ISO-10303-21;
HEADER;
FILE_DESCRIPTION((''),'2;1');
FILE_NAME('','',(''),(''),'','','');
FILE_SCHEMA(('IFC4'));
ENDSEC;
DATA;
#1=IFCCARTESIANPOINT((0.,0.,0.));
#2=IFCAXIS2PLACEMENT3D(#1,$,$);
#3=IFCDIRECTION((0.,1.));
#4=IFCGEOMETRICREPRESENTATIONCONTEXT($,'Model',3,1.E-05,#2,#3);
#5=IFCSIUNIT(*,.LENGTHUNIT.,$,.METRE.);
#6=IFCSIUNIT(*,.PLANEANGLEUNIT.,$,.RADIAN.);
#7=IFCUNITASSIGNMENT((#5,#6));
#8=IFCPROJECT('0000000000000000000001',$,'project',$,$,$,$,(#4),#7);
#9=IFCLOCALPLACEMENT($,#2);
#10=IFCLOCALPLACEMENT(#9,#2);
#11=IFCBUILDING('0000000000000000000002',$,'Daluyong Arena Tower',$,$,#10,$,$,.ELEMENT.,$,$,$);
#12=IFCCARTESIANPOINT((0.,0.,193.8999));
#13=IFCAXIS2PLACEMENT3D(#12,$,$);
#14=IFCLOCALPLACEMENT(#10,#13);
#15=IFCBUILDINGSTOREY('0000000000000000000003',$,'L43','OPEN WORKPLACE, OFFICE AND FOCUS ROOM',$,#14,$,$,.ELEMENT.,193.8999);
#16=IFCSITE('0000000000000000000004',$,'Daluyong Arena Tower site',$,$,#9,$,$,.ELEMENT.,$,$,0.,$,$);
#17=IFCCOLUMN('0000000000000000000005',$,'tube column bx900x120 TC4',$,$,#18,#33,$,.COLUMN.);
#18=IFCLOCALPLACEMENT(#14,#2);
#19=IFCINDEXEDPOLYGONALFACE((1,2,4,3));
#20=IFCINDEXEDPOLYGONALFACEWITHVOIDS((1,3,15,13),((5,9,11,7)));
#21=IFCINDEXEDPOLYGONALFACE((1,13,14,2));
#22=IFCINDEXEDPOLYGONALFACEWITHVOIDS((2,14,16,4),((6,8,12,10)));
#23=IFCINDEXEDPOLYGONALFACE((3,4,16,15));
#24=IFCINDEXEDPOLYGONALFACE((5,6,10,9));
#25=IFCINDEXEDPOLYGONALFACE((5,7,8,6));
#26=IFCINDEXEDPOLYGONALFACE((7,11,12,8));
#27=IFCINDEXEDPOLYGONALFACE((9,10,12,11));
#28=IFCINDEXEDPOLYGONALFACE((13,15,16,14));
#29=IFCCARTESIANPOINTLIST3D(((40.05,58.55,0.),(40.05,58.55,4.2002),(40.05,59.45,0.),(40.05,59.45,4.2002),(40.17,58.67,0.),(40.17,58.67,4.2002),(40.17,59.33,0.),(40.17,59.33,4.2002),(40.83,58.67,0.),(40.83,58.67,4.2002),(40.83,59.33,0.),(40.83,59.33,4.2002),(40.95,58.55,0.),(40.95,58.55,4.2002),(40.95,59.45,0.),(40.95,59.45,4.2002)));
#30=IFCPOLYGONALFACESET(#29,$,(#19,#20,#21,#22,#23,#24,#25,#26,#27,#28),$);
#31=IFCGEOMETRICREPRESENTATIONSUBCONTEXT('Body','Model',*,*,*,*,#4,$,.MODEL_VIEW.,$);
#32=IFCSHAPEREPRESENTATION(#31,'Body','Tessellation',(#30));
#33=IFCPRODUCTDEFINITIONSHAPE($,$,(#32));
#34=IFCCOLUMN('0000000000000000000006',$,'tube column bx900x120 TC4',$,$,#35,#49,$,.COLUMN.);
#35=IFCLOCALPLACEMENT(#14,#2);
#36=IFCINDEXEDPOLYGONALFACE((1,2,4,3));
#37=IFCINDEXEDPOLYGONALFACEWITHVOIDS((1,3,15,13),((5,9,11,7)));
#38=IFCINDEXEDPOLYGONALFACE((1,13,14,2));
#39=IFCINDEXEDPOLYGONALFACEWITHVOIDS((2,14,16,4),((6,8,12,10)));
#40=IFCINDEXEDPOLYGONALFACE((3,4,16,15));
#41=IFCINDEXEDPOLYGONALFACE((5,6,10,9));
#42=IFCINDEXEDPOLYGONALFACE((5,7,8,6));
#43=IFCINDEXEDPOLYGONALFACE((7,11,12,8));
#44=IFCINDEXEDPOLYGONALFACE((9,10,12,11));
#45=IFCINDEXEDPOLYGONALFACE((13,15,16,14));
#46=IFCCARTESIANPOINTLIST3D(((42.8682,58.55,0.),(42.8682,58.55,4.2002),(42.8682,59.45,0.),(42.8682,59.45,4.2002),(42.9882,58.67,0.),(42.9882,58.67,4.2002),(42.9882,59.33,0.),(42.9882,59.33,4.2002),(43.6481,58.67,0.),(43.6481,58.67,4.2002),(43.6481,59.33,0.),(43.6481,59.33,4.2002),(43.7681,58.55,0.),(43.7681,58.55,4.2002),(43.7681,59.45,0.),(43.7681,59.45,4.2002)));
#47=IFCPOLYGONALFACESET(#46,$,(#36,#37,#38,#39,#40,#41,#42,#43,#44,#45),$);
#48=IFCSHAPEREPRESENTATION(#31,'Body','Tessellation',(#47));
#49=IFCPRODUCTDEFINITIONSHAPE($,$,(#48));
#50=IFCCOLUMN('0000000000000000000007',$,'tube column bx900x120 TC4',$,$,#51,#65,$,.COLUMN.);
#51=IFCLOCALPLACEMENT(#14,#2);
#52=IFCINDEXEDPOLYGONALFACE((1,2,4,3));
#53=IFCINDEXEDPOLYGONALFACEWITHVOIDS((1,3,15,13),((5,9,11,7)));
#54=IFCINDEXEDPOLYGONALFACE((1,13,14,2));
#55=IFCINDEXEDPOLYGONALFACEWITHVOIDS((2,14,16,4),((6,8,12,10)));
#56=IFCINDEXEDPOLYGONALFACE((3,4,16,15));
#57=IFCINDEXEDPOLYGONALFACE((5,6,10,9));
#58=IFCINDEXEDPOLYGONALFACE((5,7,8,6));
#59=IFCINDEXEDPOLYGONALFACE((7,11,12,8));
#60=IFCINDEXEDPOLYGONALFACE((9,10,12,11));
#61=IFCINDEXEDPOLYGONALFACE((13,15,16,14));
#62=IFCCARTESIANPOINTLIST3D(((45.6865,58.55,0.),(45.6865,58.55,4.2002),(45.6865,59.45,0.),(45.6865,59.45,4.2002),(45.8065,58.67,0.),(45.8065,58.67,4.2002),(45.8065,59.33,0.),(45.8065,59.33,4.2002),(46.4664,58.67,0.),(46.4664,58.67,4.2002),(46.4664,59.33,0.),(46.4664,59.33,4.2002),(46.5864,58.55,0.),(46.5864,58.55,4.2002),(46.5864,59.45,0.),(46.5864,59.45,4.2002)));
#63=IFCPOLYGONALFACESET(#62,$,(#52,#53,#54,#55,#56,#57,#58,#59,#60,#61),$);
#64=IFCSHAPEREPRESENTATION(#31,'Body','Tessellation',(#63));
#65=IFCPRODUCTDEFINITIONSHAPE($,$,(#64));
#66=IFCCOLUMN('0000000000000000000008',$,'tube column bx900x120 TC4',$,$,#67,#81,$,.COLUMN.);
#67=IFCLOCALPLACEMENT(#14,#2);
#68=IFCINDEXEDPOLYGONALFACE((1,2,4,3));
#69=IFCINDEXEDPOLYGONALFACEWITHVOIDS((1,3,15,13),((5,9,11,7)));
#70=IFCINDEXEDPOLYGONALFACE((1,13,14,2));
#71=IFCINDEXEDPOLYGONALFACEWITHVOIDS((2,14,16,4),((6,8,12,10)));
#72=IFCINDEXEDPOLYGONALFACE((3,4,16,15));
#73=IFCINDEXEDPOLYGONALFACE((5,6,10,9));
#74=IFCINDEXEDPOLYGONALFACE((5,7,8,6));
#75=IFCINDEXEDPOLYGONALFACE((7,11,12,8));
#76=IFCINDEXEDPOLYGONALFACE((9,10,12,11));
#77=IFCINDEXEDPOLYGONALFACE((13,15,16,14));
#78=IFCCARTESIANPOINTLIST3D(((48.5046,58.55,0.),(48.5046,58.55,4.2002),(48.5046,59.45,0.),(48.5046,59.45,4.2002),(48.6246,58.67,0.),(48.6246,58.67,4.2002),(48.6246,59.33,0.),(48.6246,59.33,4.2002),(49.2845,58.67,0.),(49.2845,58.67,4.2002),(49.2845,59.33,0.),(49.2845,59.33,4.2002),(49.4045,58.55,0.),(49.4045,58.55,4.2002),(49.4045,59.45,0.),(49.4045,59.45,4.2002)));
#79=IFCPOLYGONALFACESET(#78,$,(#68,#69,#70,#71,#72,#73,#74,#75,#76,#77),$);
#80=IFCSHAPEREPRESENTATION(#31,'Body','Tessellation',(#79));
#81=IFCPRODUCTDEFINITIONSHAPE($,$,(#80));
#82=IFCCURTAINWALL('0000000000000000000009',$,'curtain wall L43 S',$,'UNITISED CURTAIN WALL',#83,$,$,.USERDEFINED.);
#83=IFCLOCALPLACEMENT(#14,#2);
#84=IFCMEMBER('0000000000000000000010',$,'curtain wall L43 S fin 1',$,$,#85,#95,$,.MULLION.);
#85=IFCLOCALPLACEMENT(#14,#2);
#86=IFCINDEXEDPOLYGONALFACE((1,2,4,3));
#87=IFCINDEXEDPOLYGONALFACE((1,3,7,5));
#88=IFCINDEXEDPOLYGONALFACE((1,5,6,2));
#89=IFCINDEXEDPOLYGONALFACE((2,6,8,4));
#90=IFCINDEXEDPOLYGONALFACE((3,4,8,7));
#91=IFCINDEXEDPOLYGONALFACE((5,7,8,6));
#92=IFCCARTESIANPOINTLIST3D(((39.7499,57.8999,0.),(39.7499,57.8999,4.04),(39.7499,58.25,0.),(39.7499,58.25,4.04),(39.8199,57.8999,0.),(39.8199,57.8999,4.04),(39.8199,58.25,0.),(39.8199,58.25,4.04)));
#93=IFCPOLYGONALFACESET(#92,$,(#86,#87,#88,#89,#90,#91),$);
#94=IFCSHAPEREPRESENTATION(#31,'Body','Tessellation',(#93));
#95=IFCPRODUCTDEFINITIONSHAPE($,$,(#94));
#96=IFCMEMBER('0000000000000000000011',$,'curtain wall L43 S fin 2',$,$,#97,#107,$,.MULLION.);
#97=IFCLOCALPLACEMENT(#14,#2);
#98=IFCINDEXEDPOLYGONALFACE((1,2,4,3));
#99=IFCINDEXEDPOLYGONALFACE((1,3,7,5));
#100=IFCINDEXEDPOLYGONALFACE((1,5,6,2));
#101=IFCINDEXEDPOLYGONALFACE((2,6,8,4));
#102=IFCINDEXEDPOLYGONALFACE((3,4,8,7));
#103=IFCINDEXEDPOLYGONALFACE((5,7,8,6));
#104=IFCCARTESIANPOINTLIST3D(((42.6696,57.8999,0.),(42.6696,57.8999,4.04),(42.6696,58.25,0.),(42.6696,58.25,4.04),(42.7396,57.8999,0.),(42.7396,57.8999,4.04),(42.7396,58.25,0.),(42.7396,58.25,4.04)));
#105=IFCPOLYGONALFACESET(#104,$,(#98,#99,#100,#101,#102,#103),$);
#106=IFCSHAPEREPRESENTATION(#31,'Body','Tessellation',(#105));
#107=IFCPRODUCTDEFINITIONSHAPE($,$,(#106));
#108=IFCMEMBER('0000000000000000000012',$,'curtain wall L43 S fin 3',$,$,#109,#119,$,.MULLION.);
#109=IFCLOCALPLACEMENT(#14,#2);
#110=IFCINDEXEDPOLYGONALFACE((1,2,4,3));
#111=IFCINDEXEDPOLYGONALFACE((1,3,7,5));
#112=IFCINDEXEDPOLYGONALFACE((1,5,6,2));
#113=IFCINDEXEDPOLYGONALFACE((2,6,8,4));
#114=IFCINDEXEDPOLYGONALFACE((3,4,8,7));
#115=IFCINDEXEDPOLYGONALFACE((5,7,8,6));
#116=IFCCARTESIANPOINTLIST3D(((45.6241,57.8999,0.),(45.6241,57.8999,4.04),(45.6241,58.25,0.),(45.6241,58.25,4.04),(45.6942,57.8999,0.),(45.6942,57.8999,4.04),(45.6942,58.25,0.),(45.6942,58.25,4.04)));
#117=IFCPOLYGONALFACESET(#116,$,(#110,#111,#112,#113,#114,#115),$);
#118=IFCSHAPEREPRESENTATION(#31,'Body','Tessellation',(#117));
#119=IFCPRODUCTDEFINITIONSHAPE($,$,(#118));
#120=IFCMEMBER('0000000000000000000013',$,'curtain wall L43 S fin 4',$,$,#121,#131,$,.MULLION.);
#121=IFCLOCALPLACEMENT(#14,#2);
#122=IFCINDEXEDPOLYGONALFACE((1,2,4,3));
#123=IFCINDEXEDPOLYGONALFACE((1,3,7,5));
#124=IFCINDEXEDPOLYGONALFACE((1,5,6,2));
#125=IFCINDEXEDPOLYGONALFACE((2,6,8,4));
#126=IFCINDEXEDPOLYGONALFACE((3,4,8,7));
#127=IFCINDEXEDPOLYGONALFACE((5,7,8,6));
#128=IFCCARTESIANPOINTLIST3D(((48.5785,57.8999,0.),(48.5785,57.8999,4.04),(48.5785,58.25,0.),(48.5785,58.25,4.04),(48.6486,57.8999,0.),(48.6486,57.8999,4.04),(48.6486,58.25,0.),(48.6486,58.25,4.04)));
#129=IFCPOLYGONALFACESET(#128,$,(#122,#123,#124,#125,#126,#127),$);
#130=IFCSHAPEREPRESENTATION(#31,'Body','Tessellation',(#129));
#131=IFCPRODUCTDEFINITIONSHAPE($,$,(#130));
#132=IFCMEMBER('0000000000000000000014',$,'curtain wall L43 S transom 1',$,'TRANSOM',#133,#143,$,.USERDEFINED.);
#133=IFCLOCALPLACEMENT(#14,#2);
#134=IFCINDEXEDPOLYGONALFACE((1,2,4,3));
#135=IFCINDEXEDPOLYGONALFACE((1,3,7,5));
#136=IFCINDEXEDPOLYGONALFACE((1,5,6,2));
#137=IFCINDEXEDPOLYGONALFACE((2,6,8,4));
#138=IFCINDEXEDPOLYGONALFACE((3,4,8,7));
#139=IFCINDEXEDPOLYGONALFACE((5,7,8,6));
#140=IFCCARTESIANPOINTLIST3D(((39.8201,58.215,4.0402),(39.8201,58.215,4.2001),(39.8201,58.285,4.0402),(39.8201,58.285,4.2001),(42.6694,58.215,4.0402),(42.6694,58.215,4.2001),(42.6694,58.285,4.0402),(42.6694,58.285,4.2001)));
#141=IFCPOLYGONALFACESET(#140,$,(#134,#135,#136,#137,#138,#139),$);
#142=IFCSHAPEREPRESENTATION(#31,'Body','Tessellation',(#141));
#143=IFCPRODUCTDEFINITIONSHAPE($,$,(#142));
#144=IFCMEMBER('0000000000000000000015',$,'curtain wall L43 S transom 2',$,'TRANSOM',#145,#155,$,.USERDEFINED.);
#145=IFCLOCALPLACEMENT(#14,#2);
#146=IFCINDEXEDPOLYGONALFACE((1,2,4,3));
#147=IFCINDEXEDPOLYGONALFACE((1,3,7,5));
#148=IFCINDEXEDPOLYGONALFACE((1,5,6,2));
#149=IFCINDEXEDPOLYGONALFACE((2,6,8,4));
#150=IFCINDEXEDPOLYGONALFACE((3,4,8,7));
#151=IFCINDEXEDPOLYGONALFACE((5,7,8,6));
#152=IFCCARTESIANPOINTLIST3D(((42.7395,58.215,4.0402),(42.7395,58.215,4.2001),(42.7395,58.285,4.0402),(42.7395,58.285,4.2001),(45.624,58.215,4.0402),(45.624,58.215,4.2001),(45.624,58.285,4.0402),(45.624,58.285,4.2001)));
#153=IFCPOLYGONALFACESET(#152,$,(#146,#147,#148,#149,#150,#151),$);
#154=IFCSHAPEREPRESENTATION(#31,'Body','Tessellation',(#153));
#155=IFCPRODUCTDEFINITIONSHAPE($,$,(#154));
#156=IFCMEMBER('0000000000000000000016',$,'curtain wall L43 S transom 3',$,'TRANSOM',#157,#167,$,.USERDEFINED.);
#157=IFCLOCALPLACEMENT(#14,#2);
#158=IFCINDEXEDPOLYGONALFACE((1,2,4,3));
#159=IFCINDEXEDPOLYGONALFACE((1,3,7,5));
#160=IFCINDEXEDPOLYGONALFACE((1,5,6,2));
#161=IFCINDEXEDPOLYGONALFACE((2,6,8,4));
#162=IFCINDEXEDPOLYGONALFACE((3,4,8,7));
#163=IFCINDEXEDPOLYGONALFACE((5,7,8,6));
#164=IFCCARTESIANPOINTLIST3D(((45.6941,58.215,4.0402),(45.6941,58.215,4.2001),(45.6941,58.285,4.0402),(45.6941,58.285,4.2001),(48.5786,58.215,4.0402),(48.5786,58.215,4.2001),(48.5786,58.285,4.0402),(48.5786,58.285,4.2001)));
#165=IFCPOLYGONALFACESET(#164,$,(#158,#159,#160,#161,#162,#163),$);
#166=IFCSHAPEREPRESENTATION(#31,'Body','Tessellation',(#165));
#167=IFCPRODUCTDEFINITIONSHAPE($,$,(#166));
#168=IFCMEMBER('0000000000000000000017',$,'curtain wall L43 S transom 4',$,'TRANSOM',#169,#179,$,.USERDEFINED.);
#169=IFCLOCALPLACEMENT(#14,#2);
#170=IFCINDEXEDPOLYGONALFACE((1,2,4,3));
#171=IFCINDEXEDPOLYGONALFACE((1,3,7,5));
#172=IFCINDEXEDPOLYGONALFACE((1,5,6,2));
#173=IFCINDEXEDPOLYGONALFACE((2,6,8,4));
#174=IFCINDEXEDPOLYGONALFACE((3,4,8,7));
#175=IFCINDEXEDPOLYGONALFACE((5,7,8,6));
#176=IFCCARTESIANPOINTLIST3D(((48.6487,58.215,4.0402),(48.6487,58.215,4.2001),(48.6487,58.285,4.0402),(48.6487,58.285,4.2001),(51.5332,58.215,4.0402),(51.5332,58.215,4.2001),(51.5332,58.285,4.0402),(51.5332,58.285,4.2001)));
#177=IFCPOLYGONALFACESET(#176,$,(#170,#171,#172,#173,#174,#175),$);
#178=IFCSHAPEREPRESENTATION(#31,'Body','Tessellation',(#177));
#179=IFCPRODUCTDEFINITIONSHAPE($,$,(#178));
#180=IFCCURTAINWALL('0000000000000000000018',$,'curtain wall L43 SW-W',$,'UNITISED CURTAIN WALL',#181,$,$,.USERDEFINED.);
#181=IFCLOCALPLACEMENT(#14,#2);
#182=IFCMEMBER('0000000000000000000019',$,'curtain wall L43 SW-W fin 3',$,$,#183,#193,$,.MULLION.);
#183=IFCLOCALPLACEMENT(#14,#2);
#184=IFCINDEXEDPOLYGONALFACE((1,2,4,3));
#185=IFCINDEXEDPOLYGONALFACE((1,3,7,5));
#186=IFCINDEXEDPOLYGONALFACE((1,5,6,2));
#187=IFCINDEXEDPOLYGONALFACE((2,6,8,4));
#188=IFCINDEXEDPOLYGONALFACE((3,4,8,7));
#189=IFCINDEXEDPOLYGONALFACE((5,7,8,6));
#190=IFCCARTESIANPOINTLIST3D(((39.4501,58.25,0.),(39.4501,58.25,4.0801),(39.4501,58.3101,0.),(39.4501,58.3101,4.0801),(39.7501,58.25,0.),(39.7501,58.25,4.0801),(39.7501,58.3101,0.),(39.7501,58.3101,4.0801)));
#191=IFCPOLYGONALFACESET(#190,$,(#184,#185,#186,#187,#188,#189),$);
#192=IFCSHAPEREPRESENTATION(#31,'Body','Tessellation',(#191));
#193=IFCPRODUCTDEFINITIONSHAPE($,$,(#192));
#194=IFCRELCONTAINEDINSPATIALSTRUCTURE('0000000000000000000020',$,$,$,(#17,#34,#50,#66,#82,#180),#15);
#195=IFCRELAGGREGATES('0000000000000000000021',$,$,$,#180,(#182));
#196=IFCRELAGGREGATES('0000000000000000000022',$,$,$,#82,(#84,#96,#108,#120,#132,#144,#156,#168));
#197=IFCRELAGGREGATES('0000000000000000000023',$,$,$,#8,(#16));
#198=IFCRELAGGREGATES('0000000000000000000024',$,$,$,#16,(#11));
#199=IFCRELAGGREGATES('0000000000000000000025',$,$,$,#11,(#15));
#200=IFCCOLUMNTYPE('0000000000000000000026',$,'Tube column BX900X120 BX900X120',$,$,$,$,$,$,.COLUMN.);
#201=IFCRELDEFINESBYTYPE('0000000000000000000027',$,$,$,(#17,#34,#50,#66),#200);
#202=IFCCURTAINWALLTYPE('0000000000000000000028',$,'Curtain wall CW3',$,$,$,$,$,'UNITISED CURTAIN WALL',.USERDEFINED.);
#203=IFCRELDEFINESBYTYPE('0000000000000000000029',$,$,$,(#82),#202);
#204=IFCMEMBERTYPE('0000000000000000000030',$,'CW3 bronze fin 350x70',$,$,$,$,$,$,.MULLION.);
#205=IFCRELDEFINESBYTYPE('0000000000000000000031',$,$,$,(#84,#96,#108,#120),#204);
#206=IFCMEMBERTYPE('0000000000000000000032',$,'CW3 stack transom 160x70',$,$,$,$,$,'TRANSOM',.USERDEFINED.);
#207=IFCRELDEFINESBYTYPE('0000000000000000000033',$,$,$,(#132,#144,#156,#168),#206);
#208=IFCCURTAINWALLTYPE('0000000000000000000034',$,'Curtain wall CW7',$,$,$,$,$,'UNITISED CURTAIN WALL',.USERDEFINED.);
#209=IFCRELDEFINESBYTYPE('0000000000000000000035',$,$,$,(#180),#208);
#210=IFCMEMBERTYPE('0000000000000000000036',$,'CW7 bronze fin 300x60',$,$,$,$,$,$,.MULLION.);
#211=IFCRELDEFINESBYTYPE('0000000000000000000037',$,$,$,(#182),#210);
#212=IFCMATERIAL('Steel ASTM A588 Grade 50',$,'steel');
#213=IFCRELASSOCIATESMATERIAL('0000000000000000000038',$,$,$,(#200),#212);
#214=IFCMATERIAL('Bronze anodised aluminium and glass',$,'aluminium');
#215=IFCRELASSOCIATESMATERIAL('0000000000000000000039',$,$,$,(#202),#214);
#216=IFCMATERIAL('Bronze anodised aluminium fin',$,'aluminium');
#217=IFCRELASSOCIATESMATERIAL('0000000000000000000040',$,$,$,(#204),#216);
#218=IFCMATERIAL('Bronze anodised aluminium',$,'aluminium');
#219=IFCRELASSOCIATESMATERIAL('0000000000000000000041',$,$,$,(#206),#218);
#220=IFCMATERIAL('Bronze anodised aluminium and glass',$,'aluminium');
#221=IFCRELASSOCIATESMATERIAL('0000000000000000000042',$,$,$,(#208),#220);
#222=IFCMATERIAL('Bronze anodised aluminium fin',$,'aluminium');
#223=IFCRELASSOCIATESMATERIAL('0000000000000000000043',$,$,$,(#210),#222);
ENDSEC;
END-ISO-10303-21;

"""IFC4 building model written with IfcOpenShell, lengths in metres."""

from ifc_helpers import new_model, si_unit, direction, frame, origin, origin_2d, place, context, subcontext, project, spatial, rectangle, hollow_rectangle, extrude, material, material_profile, profile_set, type_object, element, aggregate, save


model = new_model("IFC4")

# Units and contexts
model_context = context("Model", 3, precision=1e-05, world=origin(), true_north=direction((0.0, 1.0)))
body_context = subcontext(model_context, "Body", "Model", "MODEL_VIEW")
ifc_project = project(units=[si_unit("LENGTHUNIT", "METRE"), si_unit("PLANEANGLEUNIT", "RADIAN")], contexts=[model_context])

# Site, building, storey
site_placement = place(None, origin())
site = spatial("IfcSite", under=ifc_project, at=site_placement, Name="Daluyong Arena Tower site", CompositionType="ELEMENT", RefElevation=0.0)
building_placement = place(site_placement, origin())
building = spatial("IfcBuilding", under=site, at=building_placement, Name="Daluyong Arena Tower", CompositionType="ELEMENT")
storey_placement = place(building_placement, frame((0.0, 0.0, 193.8999)))
storey = spatial("IfcBuildingStorey", under=building, at=storey_placement, Name="L43", Description="OPEN WORKPLACE, OFFICE AND FOCUS ROOM", CompositionType="ELEMENT", Elevation=193.8999)

# Columns
ifc_material_1 = material(Name="Steel ASTM A588 Grade 50", Category="steel")
ifc_material_profile_1 = material_profile(ifc_material_1, hollow_rectangle(XDim=0.8999, YDim=0.8999, WallThickness=0.12, at=origin_2d()))
ifc_profile_set_1 = profile_set([ifc_material_profile_1], Name="Steel ASTM A588 Grade 50")
column_type = type_object("IfcColumnType", Name="Tube column BX900X120 BX900X120", PredefinedType="COLUMN", material=ifc_profile_set_1)
for number, where, z_axis, x_axis, name in (
    (1, (40.5, 59.0, 0.0), (0.0, 0.0, 1.0), (1.0, 0.0, 0.0), "tube column bx900x120 TC4"),
    (2, (43.3181, 59.0, 0.0), (0.0, 0.0, 1.0), (1.0, 0.0, 0.0), "tube column bx900x120 TC4"),
    (3, (46.1365, 59.0, 0.0), (0.0, 0.0, 1.0), (1.0, 0.0, 0.0), "tube column bx900x120 TC4"),
    (4, (48.9546, 59.0, 0.0), (0.0, 0.0, 1.0), (1.0, 0.0, 0.0), "tube column bx900x120 TC4"),
):
    element("IfcColumn", number, at=place(storey_placement, frame(where, z_axis=z_axis, x_axis=x_axis)), inside=storey, type_object=column_type, Name=name, PredefinedType="COLUMN", context=body_context, shape_type="SweptSolid", body=[
        extrude(hollow_rectangle(XDim=0.8999, YDim=0.8999, WallThickness=0.12, at=origin_2d()), origin(), (0.0, 0.0, 1.0), 4.2002),
    ])

# Curtain wall, members
ifc_material_2 = material(Name="Bronze anodised aluminium and glass", Category="aluminium")
curtain_wall_type_1 = type_object("IfcCurtainWallType", Name="Curtain wall CW3", ElementType="UNITISED CURTAIN WALL", PredefinedType="USERDEFINED", material=ifc_material_2)
curtain_wall_1_placement = place(storey_placement, origin())
curtain_wall_1 = element("IfcCurtainWall", 5, at=curtain_wall_1_placement, inside=storey, type_object=curtain_wall_type_1, Name="curtain wall L43 S", ObjectType="UNITISED CURTAIN WALL", PredefinedType="USERDEFINED")
ifc_material_3 = material(Name="Bronze anodised aluminium fin", Category="aluminium")
ifc_material_profile_2 = material_profile(ifc_material_3, rectangle(XDim=0.3501, YDim=0.0701, at=origin_2d()))
ifc_profile_set_2 = profile_set([ifc_material_profile_2], Name="Bronze anodised aluminium fin")
member_type_1 = type_object("IfcMemberType", Name="CW3 bronze fin 350x70", PredefinedType="MULLION", material=ifc_profile_set_2)
member_1_placement = place(storey_placement, frame((39.7849, 58.075, 0.0), z_axis=(0.0, 0.0, 1.0), x_axis=(0.0, 1.0, 0.0)))
member_1 = element("IfcMember", 6, at=member_1_placement, type_object=member_type_1, Name="curtain wall L43 S fin 1", PredefinedType="MULLION", context=body_context, shape_type="SweptSolid", body=[
    extrude(rectangle(XDim=0.3501, YDim=0.0701, at=origin_2d()), origin(), (0.0, 0.0, 1.0), 4.04),
])
member_2_placement = place(storey_placement, frame((42.7046, 58.075, 0.0), z_axis=(0.0, 0.0, 1.0), x_axis=(0.0, 1.0, 0.0)))
member_2 = element("IfcMember", 7, at=member_2_placement, type_object=member_type_1, Name="curtain wall L43 S fin 2", PredefinedType="MULLION", context=body_context, shape_type="SweptSolid", body=[
    extrude(rectangle(XDim=0.3501, YDim=0.0701, at=origin_2d()), origin(), (0.0, 0.0, 1.0), 4.04),
])
member_3_placement = place(storey_placement, frame((45.6592, 58.075, 0.0), z_axis=(0.0, 0.0, 1.0), x_axis=(0.0, 1.0, 0.0)))
member_3 = element("IfcMember", 8, at=member_3_placement, type_object=member_type_1, Name="curtain wall L43 S fin 3", PredefinedType="MULLION", context=body_context, shape_type="SweptSolid", body=[
    extrude(rectangle(XDim=0.3501, YDim=0.0701, at=origin_2d()), origin(), (0.0, 0.0, 1.0), 4.04),
])
member_4_placement = place(storey_placement, frame((48.6135, 58.075, 0.0), z_axis=(0.0, 0.0, 1.0), x_axis=(0.0, 1.0, 0.0)))
member_4 = element("IfcMember", 9, at=member_4_placement, type_object=member_type_1, Name="curtain wall L43 S fin 4", PredefinedType="MULLION", context=body_context, shape_type="SweptSolid", body=[
    extrude(rectangle(XDim=0.3501, YDim=0.0701, at=origin_2d()), origin(), (0.0, 0.0, 1.0), 4.04),
])
ifc_material_4 = material(Name="Bronze anodised aluminium", Category="aluminium")
ifc_material_profile_3 = material_profile(ifc_material_4, rectangle(XDim=0.0701, YDim=0.1599, at=origin_2d()))
ifc_profile_set_3 = profile_set([ifc_material_profile_3], Name="Bronze anodised aluminium")
member_type_2 = type_object("IfcMemberType", Name="CW3 stack transom 160x70", ElementType="TRANSOM", PredefinedType="USERDEFINED", material=ifc_profile_set_3)
member_5_placement = place(storey_placement, frame((39.8201, 58.25, 4.1201), z_axis=(1.0, 0.0, 0.0), x_axis=(0.0, 1.0, 0.0)))
member_5 = element("IfcMember", 10, at=member_5_placement, type_object=member_type_2, Name="curtain wall L43 S transom 1", ObjectType="TRANSOM", PredefinedType="USERDEFINED", context=body_context, shape_type="SweptSolid", body=[
    extrude(rectangle(XDim=0.0701, YDim=0.1599, at=origin_2d()), origin(), (0.0, 0.0, 1.0), 2.8494),
])
member_6_placement = place(storey_placement, frame((42.7395, 58.25, 4.1201), z_axis=(1.0, 0.0, 0.0), x_axis=(0.0, 1.0, 0.0)))
member_6 = element("IfcMember", 11, at=member_6_placement, type_object=member_type_2, Name="curtain wall L43 S transom 2", ObjectType="TRANSOM", PredefinedType="USERDEFINED", context=body_context, shape_type="SweptSolid", body=[
    extrude(rectangle(XDim=0.0701, YDim=0.1599, at=origin_2d()), origin(), (0.0, 0.0, 1.0), 2.8845),
])
member_7_placement = place(storey_placement, frame((45.6941, 58.25, 4.1201), z_axis=(1.0, 0.0, 0.0), x_axis=(0.0, 1.0, 0.0)))
member_7 = element("IfcMember", 12, at=member_7_placement, type_object=member_type_2, Name="curtain wall L43 S transom 3", ObjectType="TRANSOM", PredefinedType="USERDEFINED", context=body_context, shape_type="SweptSolid", body=[
    extrude(rectangle(XDim=0.0701, YDim=0.1599, at=origin_2d()), origin(), (0.0, 0.0, 1.0), 2.8845),
])
member_8_placement = place(storey_placement, frame((48.6487, 58.25, 4.1201), z_axis=(1.0, 0.0, 0.0), x_axis=(0.0, 1.0, 0.0)))
member_8 = element("IfcMember", 13, at=member_8_placement, type_object=member_type_2, Name="curtain wall L43 S transom 4", ObjectType="TRANSOM", PredefinedType="USERDEFINED", context=body_context, shape_type="SweptSolid", body=[
    extrude(rectangle(XDim=0.0701, YDim=0.1599, at=origin_2d()), origin(), (0.0, 0.0, 1.0), 2.8845),
])

# Curtain wall, member
ifc_material_5 = material(Name="Bronze anodised aluminium and glass", Category="aluminium")
curtain_wall_type_2 = type_object("IfcCurtainWallType", Name="Curtain wall CW7", ElementType="UNITISED CURTAIN WALL", PredefinedType="USERDEFINED", material=ifc_material_5)
curtain_wall_2_placement = place(storey_placement, origin())
curtain_wall_2 = element("IfcCurtainWall", 14, at=curtain_wall_2_placement, inside=storey, type_object=curtain_wall_type_2, Name="curtain wall L43 SW-W", ObjectType="UNITISED CURTAIN WALL", PredefinedType="USERDEFINED")
ifc_material_6 = material(Name="Bronze anodised aluminium fin", Category="aluminium")
ifc_material_profile_4 = material_profile(ifc_material_6, rectangle(XDim=0.3, YDim=0.0601, at=origin_2d()))
ifc_profile_set_4 = profile_set([ifc_material_profile_4], Name="Bronze anodised aluminium fin")
member_type_3 = type_object("IfcMemberType", Name="CW7 bronze fin 300x60", PredefinedType="MULLION", material=ifc_profile_set_4)
member_9_placement = place(storey_placement, frame((39.6001, 58.28, 0.0), z_axis=(0.0, 0.0, 1.0), x_axis=(1.0, 0.0, 0.0)))
member_9 = element("IfcMember", 15, at=member_9_placement, type_object=member_type_3, Name="curtain wall L43 SW-W fin 3", PredefinedType="MULLION", context=body_context, shape_type="SweptSolid", body=[
    extrude(rectangle(XDim=0.3, YDim=0.0601, at=origin_2d()), origin(), (0.0, 0.0, 1.0), 4.0801),
])
aggregate(curtain_wall_2, [member_9])

aggregate(curtain_wall_1, [member_1, member_2, member_3, member_4, member_5, member_6, member_7, member_8])

save(model, "model.ifc")
